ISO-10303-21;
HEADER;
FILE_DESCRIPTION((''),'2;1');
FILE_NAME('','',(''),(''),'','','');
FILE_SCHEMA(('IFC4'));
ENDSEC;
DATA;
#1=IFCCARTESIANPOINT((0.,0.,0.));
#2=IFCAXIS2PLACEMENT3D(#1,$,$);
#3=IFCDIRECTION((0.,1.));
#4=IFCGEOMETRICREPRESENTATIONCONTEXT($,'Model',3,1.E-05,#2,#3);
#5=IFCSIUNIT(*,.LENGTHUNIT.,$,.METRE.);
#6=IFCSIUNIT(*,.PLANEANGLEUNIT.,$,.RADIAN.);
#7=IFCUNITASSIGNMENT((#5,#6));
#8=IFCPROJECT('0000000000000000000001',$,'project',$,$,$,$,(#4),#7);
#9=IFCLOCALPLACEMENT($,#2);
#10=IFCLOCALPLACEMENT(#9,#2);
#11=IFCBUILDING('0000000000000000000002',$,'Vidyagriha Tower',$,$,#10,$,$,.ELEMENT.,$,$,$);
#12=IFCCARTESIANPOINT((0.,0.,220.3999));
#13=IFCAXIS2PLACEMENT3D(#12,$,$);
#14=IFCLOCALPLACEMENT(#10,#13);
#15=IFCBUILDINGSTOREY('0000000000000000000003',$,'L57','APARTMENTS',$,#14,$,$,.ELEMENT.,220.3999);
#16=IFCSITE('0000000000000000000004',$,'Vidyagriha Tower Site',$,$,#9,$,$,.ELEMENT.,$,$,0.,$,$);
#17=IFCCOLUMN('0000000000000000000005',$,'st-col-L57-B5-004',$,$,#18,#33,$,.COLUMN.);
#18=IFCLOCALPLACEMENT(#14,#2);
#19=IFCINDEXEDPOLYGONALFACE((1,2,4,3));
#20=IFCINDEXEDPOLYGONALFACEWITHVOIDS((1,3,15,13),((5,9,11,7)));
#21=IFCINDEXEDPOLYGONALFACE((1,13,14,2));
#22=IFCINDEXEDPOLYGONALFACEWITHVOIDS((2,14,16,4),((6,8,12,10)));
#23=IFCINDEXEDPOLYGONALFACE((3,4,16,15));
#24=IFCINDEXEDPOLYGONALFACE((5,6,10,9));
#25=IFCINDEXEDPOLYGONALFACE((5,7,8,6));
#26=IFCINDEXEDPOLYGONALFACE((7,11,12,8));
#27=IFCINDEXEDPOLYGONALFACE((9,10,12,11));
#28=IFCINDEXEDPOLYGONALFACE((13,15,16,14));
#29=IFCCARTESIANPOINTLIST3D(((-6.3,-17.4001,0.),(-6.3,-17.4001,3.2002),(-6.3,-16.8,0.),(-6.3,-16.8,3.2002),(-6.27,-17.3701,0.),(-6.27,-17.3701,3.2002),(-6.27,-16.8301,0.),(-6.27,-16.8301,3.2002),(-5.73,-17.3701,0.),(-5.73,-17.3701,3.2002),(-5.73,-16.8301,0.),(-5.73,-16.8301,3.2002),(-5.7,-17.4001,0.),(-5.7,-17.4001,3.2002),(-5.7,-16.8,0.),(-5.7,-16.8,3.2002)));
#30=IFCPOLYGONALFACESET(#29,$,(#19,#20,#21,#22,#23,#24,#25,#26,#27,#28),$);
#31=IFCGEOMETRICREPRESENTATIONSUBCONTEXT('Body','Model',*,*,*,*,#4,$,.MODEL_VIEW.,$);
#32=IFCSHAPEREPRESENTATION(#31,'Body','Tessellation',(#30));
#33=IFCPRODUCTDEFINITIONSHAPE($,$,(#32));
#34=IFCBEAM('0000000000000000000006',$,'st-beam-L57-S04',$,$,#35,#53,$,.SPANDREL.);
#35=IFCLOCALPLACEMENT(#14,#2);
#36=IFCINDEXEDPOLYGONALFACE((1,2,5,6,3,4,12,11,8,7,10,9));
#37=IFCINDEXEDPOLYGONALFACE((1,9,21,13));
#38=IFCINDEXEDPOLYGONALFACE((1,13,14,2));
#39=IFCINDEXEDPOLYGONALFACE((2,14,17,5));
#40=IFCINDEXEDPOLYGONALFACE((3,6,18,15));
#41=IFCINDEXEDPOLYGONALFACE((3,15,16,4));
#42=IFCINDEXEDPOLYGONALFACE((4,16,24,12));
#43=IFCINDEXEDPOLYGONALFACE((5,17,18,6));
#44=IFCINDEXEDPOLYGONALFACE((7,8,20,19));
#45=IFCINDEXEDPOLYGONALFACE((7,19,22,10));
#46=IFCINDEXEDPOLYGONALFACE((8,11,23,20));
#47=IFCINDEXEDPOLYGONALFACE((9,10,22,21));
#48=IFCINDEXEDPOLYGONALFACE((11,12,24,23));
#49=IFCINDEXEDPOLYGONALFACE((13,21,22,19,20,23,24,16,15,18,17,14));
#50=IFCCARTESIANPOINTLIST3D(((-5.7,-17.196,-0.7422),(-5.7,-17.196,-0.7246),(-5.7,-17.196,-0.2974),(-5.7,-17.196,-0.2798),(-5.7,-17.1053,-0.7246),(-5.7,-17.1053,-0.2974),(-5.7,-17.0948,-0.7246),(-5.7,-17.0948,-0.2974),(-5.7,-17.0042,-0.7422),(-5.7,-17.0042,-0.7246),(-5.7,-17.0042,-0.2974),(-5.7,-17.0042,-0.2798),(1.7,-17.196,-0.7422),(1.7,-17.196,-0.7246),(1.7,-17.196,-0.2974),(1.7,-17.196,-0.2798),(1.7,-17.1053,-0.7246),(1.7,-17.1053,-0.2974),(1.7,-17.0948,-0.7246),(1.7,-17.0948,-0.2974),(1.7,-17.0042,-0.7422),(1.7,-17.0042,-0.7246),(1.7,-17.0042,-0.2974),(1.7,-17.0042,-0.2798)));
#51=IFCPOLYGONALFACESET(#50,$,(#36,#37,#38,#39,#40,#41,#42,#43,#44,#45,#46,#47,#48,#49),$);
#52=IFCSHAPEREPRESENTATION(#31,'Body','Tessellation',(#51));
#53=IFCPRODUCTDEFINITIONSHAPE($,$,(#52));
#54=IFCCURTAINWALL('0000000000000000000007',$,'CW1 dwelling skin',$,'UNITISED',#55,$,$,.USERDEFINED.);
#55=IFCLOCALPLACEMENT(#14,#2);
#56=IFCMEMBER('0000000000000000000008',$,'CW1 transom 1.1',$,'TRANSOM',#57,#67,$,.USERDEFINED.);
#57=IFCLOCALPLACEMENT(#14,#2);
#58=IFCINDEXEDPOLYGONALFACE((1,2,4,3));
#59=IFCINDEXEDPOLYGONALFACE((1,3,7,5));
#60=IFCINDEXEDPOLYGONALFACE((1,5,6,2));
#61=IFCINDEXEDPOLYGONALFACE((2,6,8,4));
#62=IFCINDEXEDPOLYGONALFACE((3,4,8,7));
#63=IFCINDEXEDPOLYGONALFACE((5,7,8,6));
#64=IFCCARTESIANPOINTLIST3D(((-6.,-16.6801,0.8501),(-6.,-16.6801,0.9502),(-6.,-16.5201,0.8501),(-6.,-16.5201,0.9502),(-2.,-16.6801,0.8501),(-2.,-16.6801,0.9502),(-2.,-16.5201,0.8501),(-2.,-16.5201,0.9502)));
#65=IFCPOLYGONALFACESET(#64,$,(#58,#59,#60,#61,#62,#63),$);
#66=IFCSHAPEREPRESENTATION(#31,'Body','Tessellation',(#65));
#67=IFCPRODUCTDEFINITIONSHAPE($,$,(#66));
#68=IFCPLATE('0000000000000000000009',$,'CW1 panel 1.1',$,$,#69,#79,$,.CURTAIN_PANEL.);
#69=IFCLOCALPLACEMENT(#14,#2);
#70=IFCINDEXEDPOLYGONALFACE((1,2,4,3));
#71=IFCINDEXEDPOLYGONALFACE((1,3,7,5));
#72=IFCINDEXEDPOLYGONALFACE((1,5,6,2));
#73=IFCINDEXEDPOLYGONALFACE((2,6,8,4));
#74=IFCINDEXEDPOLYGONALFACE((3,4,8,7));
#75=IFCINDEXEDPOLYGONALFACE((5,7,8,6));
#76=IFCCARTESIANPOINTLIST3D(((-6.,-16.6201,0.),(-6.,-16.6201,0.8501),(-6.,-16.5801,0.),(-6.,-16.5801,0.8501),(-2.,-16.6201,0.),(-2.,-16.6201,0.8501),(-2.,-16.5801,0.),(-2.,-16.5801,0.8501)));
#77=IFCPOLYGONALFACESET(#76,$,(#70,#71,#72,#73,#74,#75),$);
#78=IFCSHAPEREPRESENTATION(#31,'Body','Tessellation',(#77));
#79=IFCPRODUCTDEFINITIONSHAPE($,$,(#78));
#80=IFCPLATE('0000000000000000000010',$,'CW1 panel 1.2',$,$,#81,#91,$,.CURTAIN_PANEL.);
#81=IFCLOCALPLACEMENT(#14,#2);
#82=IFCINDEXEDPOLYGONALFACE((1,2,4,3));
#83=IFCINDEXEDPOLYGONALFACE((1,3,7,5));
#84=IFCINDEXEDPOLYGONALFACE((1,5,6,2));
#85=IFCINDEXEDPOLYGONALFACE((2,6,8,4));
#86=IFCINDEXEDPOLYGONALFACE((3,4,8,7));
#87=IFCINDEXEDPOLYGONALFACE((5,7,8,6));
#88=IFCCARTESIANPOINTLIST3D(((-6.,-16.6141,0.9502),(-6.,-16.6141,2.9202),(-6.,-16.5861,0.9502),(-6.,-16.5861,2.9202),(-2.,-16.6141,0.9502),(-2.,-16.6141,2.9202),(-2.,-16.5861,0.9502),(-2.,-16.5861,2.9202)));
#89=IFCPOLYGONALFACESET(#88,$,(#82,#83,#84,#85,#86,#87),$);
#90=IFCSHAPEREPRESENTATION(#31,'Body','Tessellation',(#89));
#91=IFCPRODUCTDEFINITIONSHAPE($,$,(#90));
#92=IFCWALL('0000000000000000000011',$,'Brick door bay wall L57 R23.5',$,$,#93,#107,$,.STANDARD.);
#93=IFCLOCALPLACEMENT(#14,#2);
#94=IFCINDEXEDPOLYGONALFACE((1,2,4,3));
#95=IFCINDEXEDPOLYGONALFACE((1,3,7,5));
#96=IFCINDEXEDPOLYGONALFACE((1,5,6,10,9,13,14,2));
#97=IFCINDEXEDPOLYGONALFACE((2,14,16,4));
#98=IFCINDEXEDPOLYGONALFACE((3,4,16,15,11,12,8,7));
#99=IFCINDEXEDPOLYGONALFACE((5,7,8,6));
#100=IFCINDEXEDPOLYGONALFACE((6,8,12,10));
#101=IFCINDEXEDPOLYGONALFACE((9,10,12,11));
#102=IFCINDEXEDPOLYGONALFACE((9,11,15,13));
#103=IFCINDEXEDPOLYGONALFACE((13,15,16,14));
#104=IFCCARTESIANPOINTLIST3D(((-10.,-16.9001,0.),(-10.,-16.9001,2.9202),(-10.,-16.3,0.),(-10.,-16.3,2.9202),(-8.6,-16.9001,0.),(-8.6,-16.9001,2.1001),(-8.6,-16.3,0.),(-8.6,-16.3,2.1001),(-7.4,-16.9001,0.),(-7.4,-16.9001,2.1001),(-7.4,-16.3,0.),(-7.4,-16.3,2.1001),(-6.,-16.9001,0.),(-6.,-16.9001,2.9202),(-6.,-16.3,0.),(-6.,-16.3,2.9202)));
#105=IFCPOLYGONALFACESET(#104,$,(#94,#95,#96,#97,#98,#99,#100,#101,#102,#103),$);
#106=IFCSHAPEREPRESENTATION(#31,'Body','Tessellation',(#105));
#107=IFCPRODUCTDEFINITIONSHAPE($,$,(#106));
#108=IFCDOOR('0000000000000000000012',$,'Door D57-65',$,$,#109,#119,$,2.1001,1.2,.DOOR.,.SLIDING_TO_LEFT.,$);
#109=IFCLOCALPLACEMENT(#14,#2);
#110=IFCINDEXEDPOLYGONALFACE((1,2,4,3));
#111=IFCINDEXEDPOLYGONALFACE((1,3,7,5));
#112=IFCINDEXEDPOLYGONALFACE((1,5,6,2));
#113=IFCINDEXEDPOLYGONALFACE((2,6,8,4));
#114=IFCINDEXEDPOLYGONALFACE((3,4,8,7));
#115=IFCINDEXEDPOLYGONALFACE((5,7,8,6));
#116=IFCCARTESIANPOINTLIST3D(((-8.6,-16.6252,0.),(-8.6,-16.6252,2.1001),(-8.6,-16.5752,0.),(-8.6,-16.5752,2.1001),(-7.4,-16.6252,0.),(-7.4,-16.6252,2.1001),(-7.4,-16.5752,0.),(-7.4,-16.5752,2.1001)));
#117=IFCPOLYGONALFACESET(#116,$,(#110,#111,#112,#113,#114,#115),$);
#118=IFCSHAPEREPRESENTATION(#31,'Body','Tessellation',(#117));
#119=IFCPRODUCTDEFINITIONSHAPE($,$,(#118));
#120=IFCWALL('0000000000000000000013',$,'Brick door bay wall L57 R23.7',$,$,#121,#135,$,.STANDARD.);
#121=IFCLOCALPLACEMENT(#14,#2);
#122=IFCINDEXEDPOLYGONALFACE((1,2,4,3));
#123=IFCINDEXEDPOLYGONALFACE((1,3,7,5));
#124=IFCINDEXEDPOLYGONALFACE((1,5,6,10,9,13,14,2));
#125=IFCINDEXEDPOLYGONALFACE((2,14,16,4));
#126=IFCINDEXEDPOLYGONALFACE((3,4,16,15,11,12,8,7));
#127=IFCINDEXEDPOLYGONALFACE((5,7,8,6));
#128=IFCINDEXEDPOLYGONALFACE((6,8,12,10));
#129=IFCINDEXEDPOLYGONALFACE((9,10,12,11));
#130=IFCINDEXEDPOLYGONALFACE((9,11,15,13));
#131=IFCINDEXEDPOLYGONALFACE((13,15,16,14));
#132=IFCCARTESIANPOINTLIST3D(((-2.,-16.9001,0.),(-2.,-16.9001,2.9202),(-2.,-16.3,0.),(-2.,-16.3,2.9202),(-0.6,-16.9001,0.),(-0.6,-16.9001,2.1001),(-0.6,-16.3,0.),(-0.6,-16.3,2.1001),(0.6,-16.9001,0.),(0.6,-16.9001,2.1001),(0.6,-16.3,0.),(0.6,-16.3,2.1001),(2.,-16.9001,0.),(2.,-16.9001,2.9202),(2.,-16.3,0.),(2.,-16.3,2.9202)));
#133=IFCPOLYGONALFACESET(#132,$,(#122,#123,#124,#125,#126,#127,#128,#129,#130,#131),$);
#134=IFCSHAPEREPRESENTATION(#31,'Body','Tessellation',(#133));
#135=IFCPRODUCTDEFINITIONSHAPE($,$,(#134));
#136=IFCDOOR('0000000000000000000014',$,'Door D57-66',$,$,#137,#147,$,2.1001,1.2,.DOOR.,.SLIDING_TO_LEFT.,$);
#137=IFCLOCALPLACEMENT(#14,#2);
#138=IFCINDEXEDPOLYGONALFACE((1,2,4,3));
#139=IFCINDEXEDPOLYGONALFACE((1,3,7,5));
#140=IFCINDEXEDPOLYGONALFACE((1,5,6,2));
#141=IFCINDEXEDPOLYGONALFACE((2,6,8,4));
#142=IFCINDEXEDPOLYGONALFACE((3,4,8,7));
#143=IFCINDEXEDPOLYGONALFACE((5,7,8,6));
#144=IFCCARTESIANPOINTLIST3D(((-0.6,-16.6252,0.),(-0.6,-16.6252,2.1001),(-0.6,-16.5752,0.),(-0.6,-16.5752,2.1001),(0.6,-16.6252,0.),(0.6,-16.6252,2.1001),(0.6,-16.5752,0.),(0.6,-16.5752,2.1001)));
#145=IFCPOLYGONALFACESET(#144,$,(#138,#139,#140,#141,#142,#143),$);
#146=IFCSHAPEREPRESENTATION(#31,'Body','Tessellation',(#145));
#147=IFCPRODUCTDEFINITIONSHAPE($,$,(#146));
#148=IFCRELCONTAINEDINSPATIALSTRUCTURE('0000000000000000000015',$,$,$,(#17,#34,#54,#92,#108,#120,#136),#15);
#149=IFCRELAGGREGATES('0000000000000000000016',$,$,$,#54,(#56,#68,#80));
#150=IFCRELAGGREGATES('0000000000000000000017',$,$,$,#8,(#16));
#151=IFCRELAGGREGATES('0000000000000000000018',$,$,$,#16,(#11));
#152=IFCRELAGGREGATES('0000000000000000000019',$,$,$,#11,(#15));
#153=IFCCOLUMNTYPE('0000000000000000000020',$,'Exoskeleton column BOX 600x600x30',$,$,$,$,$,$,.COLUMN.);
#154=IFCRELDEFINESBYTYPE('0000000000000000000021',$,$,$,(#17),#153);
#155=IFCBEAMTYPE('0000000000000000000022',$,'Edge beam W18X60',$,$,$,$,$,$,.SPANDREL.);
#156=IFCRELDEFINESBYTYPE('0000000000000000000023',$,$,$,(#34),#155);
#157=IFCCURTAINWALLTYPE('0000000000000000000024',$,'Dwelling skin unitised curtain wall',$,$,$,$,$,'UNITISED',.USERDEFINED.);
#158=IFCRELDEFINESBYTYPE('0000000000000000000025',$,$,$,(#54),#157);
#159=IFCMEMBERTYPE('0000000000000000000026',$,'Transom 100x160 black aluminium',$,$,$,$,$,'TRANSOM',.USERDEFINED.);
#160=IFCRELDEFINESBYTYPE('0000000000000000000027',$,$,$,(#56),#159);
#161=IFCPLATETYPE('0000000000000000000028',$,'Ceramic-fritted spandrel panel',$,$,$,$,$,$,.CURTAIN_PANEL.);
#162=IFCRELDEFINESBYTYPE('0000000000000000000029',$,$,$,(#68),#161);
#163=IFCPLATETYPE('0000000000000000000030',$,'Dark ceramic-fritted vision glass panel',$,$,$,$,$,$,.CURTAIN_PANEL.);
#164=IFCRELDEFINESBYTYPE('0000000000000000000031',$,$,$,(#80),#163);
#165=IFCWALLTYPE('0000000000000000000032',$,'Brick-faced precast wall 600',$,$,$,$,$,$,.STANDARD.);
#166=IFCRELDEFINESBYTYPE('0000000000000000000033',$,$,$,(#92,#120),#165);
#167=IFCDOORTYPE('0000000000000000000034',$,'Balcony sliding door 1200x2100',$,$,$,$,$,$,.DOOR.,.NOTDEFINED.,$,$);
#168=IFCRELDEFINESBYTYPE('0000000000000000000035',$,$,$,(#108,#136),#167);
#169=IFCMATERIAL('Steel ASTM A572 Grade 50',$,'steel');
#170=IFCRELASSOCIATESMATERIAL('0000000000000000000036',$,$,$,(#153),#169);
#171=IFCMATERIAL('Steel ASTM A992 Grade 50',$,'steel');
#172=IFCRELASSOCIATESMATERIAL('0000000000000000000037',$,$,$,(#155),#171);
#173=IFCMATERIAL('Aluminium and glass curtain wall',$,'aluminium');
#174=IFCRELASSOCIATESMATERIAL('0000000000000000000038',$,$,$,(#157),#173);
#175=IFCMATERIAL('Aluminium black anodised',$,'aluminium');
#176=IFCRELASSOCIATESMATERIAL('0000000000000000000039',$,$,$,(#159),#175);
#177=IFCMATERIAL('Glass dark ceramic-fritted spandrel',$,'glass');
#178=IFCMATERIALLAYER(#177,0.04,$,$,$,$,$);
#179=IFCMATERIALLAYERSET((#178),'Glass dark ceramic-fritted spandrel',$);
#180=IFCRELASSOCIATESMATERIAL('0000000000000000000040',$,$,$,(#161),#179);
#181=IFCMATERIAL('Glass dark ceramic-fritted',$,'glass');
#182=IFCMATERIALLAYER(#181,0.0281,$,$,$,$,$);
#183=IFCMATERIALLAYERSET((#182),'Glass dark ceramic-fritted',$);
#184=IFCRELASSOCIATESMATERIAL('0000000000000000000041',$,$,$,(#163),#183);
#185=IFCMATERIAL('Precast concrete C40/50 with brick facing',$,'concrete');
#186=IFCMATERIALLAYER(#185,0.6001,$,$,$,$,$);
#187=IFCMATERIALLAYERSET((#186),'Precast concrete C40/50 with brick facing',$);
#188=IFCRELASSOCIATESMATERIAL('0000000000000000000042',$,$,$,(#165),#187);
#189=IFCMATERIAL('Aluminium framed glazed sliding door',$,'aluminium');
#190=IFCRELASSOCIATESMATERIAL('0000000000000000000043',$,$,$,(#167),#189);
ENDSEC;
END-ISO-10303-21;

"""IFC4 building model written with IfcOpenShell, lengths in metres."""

from ifc_helpers import new_model, si_unit, direction, frame, frame_2d, origin, origin_2d, place, context, subcontext, project, spatial, rectangle, hollow_rectangle, i_section, extrude, material, layer, layer_set, material_profile, profile_set, type_object, element, fill, aggregate, save


model = new_model("IFC4")

# Units and contexts
model_context = context("Model", 3, precision=1e-05, world=origin(), true_north=direction((0.0, 1.0)))
body_context = subcontext(model_context, "Body", "Model", "MODEL_VIEW")
ifc_project = project(units=[si_unit("LENGTHUNIT", "METRE"), si_unit("PLANEANGLEUNIT", "RADIAN")], contexts=[model_context])

# Site, building, storey
site_placement = place(None, origin())
site = spatial("IfcSite", under=ifc_project, at=site_placement, Name="Vidyagriha Tower Site", CompositionType="ELEMENT", RefElevation=0.0)
building_placement = place(site_placement, origin())
building = spatial("IfcBuilding", under=site, at=building_placement, Name="Vidyagriha Tower", CompositionType="ELEMENT")
storey_placement = place(building_placement, frame((0.0, 0.0, 220.3999)))
storey = spatial("IfcBuildingStorey", under=building, at=storey_placement, Name="L57", Description="APARTMENTS", CompositionType="ELEMENT", Elevation=220.3999)

# Column
ifc_material_1 = material(Name="Steel ASTM A572 Grade 50", Category="steel")
ifc_material_profile_1 = material_profile(ifc_material_1, hollow_rectangle(XDim=0.6001, YDim=0.6001, WallThickness=0.03, at=origin_2d()), Name="BOX 600x600x30")
ifc_profile_set_1 = profile_set([ifc_material_profile_1], Name="Steel ASTM A572 Grade 50")
column_type = type_object("IfcColumnType", Name="Exoskeleton column BOX 600x600x30", PredefinedType="COLUMN", material=ifc_profile_set_1)
column_placement = place(storey_placement, frame((-6.0, -17.1001, 0.0)))
element("IfcColumn", 1, at=column_placement, inside=storey, type_object=column_type, Name="st-col-L57-B5-004", PredefinedType="COLUMN", context=body_context, shape_type="SweptSolid", body=[
    extrude(hollow_rectangle(XDim=0.6001, YDim=0.6001, WallThickness=0.03, at=origin_2d()), origin(), (0.0, 0.0, 1.0), 3.2002),
])

# Beam
ifc_material_2 = material(Name="Steel ASTM A992 Grade 50", Category="steel")
ifc_material_profile_2 = material_profile(ifc_material_2, i_section(OverallWidth=0.1919, OverallDepth=0.4624, WebThickness=0.0105, FlangeThickness=0.0176, at=origin_2d()), Name="W18X60")
ifc_profile_set_2 = profile_set([ifc_material_profile_2], Name="Steel ASTM A992 Grade 50")
beam_type = type_object("IfcBeamType", Name="Edge beam W18X60", PredefinedType="SPANDREL", material=ifc_profile_set_2)
beam_placement = place(storey_placement, frame((-5.7, -17.1001, -0.511), z_axis=(1.0, 0.0, 0.0), x_axis=(0.0, 1.0, 0.0)))
element("IfcBeam", 2, at=beam_placement, inside=storey, type_object=beam_type, Name="st-beam-L57-S04", PredefinedType="SPANDREL", context=body_context, shape_type="SweptSolid", body=[
    extrude(i_section(OverallWidth=0.1919, OverallDepth=0.4624, WebThickness=0.0105, FlangeThickness=0.0176, at=origin_2d()), origin(), (0.0, 0.0, 1.0), 7.3999),
])

# Curtain wall, member, plates
ifc_material_3 = material(Name="Aluminium and glass curtain wall", Category="aluminium")
curtain_wall_type = type_object("IfcCurtainWallType", Name="Dwelling skin unitised curtain wall", ElementType="UNITISED", PredefinedType="USERDEFINED", material=ifc_material_3)
curtain_wall_placement = place(storey_placement, origin())
curtain_wall = element("IfcCurtainWall", 3, at=curtain_wall_placement, inside=storey, type_object=curtain_wall_type, Name="CW1 dwelling skin", ObjectType="UNITISED", PredefinedType="USERDEFINED")
ifc_material_4 = material(Name="Aluminium black anodised", Category="aluminium")
ifc_material_profile_3 = material_profile(ifc_material_4, rectangle(XDim=0.1599, YDim=0.1001, at=origin_2d()), Name="Transom 100x160 black aluminium")
ifc_profile_set_3 = profile_set([ifc_material_profile_3], Name="Aluminium black anodised")
member_type = type_object("IfcMemberType", Name="Transom 100x160 black aluminium", ElementType="TRANSOM", PredefinedType="USERDEFINED", material=ifc_profile_set_3)
member_placement = place(storey_placement, frame((-6.0, -16.6001, 0.9001), z_axis=(1.0, 0.0, 0.0), x_axis=(0.0, 1.0, 0.0)))
member = element("IfcMember", 4, at=member_placement, type_object=member_type, Name="CW1 transom 1.1", ObjectType="TRANSOM", PredefinedType="USERDEFINED", context=body_context, shape_type="SweptSolid", body=[
    extrude(rectangle(XDim=0.1599, YDim=0.1001, at=origin_2d()), origin(), (0.0, 0.0, 1.0), 4.0),
])
ifc_material_5 = material(Name="Glass dark ceramic-fritted spandrel", Category="glass")
ifc_layer_1 = layer(ifc_material_5, 0.04)
ifc_layer_set_1 = layer_set([ifc_layer_1], Name="Glass dark ceramic-fritted spandrel")
plate_type_1 = type_object("IfcPlateType", Name="Ceramic-fritted spandrel panel", PredefinedType="CURTAIN_PANEL", material=ifc_layer_set_1)
plate_1_placement = place(storey_placement, frame((-4.0, -16.6001, 0.0)))
plate_1 = element("IfcPlate", 5, at=plate_1_placement, type_object=plate_type_1, Name="CW1 panel 1.1", PredefinedType="CURTAIN_PANEL", context=body_context, shape_type="SweptSolid", body=[
    extrude(rectangle(XDim=4.0, YDim=0.04, at=origin_2d()), origin(), (0.0, 0.0, 1.0), 0.8501),
])
ifc_material_6 = material(Name="Glass dark ceramic-fritted", Category="glass")
ifc_layer_2 = layer(ifc_material_6, 0.0281)
ifc_layer_set_2 = layer_set([ifc_layer_2], Name="Glass dark ceramic-fritted")
plate_type_2 = type_object("IfcPlateType", Name="Dark ceramic-fritted vision glass panel", PredefinedType="CURTAIN_PANEL", material=ifc_layer_set_2)
plate_2_placement = place(storey_placement, frame((-4.0, -16.6001, 0.9502)))
plate_2 = element("IfcPlate", 6, at=plate_2_placement, type_object=plate_type_2, Name="CW1 panel 1.2", PredefinedType="CURTAIN_PANEL", context=body_context, shape_type="SweptSolid", body=[
    extrude(rectangle(XDim=4.0, YDim=0.0281, at=origin_2d()), origin(), (0.0, 0.0, 1.0), 1.97),
])
aggregate(curtain_wall, [member, plate_1, plate_2])

# Walls, openings, doors
ifc_material_7 = material(Name="Precast concrete C40/50 with brick facing", Category="concrete")
ifc_layer_3 = layer(ifc_material_7, 0.6001)
ifc_layer_set_3 = layer_set([ifc_layer_3], Name="Precast concrete C40/50 with brick facing")
wall_type_1 = type_object("IfcWallType", Name="Brick-faced precast wall 600", PredefinedType="STANDARD", material=ifc_layer_set_3)
wall_1_placement = place(storey_placement, frame((-10.0, -16.6001, 0.0)))
wall_1 = element("IfcWall", 7, at=wall_1_placement, inside=storey, type_object=wall_type_1, Name="Brick door bay wall L57 R23.5", PredefinedType="STANDARD", context=body_context, shape_type="SweptSolid", body=[
    extrude(rectangle(XDim=4.0, YDim=0.6001, at=frame_2d((2.0, 0.0))), origin(), (0.0, 0.0, 1.0), 2.9202),
])
opening_1_placement = place(wall_1_placement, frame((1.3999, 0.0, 0.0)))
opening_1 = element("IfcOpeningElement", 8, at=opening_1_placement, cuts=wall_1, PredefinedType="OPENING", context=body_context, shape_type="SweptSolid", body=[
    extrude(rectangle(XDim=1.2, YDim=2.1001, at=frame_2d((0.6001, 1.05))), frame((0.0, 0.3101, 0.0), z_axis=(0.0, -1.0, 0.0), x_axis=(1.0, 0.0, 0.0)), (0.0, 0.0, 1.0), 0.6201),
])
ifc_material_8 = material(Name="Aluminium framed glazed sliding door", Category="aluminium")
door_type_1 = type_object("IfcDoorType", Name="Balcony sliding door 1200x2100", OperationType="NOTDEFINED", PredefinedType="DOOR", material=ifc_material_8)
door_1_placement = place(opening_1_placement, origin())
door_1 = element("IfcDoor", 9, at=door_1_placement, inside=storey, type_object=door_type_1, Name="Door D57-65", OperationType="SLIDING_TO_LEFT", OverallHeight=2.1001, OverallWidth=1.2, PredefinedType="DOOR", context=body_context, shape_type="SweptSolid", body=[
    extrude(rectangle(XDim=1.2, YDim=2.1001, at=frame_2d((0.6001, 1.05))), frame((0.0, 0.0249, 0.0), z_axis=(0.0, -1.0, 0.0), x_axis=(1.0, 0.0, 0.0)), (0.0, 0.0, 1.0), 0.05),
])
fill(opening_1, door_1)
wall_2_placement = place(storey_placement, frame((-2.0, -16.6001, 0.0)))
wall_2 = element("IfcWall", 10, at=wall_2_placement, inside=storey, type_object=wall_type_1, Name="Brick door bay wall L57 R23.7", PredefinedType="STANDARD", context=body_context, shape_type="SweptSolid", body=[
    extrude(rectangle(XDim=4.0, YDim=0.6001, at=frame_2d((2.0, 0.0))), origin(), (0.0, 0.0, 1.0), 2.9202),
])
opening_2_placement = place(wall_2_placement, frame((1.3999, 0.0, 0.0)))
opening_2 = element("IfcOpeningElement", 11, at=opening_2_placement, cuts=wall_2, PredefinedType="OPENING", context=body_context, shape_type="SweptSolid", body=[
    extrude(rectangle(XDim=1.2, YDim=2.1001, at=frame_2d((0.6001, 1.05))), frame((0.0, 0.3101, 0.0), z_axis=(0.0, -1.0, 0.0), x_axis=(1.0, 0.0, 0.0)), (0.0, 0.0, 1.0), 0.6201),
])
door_2_placement = place(opening_2_placement, origin())
door_2 = element("IfcDoor", 12, at=door_2_placement, inside=storey, type_object=door_type_1, Name="Door D57-66", OperationType="SLIDING_TO_LEFT", OverallHeight=2.1001, OverallWidth=1.2, PredefinedType="DOOR", context=body_context, shape_type="SweptSolid", body=[
    extrude(rectangle(XDim=1.2, YDim=2.1001, at=frame_2d((0.6001, 1.05))), frame((0.0, 0.0249, 0.0), z_axis=(0.0, -1.0, 0.0), x_axis=(1.0, 0.0, 0.0)), (0.0, 0.0, 1.0), 0.05),
])
fill(opening_2, door_2)

save(model, "model.ifc")
